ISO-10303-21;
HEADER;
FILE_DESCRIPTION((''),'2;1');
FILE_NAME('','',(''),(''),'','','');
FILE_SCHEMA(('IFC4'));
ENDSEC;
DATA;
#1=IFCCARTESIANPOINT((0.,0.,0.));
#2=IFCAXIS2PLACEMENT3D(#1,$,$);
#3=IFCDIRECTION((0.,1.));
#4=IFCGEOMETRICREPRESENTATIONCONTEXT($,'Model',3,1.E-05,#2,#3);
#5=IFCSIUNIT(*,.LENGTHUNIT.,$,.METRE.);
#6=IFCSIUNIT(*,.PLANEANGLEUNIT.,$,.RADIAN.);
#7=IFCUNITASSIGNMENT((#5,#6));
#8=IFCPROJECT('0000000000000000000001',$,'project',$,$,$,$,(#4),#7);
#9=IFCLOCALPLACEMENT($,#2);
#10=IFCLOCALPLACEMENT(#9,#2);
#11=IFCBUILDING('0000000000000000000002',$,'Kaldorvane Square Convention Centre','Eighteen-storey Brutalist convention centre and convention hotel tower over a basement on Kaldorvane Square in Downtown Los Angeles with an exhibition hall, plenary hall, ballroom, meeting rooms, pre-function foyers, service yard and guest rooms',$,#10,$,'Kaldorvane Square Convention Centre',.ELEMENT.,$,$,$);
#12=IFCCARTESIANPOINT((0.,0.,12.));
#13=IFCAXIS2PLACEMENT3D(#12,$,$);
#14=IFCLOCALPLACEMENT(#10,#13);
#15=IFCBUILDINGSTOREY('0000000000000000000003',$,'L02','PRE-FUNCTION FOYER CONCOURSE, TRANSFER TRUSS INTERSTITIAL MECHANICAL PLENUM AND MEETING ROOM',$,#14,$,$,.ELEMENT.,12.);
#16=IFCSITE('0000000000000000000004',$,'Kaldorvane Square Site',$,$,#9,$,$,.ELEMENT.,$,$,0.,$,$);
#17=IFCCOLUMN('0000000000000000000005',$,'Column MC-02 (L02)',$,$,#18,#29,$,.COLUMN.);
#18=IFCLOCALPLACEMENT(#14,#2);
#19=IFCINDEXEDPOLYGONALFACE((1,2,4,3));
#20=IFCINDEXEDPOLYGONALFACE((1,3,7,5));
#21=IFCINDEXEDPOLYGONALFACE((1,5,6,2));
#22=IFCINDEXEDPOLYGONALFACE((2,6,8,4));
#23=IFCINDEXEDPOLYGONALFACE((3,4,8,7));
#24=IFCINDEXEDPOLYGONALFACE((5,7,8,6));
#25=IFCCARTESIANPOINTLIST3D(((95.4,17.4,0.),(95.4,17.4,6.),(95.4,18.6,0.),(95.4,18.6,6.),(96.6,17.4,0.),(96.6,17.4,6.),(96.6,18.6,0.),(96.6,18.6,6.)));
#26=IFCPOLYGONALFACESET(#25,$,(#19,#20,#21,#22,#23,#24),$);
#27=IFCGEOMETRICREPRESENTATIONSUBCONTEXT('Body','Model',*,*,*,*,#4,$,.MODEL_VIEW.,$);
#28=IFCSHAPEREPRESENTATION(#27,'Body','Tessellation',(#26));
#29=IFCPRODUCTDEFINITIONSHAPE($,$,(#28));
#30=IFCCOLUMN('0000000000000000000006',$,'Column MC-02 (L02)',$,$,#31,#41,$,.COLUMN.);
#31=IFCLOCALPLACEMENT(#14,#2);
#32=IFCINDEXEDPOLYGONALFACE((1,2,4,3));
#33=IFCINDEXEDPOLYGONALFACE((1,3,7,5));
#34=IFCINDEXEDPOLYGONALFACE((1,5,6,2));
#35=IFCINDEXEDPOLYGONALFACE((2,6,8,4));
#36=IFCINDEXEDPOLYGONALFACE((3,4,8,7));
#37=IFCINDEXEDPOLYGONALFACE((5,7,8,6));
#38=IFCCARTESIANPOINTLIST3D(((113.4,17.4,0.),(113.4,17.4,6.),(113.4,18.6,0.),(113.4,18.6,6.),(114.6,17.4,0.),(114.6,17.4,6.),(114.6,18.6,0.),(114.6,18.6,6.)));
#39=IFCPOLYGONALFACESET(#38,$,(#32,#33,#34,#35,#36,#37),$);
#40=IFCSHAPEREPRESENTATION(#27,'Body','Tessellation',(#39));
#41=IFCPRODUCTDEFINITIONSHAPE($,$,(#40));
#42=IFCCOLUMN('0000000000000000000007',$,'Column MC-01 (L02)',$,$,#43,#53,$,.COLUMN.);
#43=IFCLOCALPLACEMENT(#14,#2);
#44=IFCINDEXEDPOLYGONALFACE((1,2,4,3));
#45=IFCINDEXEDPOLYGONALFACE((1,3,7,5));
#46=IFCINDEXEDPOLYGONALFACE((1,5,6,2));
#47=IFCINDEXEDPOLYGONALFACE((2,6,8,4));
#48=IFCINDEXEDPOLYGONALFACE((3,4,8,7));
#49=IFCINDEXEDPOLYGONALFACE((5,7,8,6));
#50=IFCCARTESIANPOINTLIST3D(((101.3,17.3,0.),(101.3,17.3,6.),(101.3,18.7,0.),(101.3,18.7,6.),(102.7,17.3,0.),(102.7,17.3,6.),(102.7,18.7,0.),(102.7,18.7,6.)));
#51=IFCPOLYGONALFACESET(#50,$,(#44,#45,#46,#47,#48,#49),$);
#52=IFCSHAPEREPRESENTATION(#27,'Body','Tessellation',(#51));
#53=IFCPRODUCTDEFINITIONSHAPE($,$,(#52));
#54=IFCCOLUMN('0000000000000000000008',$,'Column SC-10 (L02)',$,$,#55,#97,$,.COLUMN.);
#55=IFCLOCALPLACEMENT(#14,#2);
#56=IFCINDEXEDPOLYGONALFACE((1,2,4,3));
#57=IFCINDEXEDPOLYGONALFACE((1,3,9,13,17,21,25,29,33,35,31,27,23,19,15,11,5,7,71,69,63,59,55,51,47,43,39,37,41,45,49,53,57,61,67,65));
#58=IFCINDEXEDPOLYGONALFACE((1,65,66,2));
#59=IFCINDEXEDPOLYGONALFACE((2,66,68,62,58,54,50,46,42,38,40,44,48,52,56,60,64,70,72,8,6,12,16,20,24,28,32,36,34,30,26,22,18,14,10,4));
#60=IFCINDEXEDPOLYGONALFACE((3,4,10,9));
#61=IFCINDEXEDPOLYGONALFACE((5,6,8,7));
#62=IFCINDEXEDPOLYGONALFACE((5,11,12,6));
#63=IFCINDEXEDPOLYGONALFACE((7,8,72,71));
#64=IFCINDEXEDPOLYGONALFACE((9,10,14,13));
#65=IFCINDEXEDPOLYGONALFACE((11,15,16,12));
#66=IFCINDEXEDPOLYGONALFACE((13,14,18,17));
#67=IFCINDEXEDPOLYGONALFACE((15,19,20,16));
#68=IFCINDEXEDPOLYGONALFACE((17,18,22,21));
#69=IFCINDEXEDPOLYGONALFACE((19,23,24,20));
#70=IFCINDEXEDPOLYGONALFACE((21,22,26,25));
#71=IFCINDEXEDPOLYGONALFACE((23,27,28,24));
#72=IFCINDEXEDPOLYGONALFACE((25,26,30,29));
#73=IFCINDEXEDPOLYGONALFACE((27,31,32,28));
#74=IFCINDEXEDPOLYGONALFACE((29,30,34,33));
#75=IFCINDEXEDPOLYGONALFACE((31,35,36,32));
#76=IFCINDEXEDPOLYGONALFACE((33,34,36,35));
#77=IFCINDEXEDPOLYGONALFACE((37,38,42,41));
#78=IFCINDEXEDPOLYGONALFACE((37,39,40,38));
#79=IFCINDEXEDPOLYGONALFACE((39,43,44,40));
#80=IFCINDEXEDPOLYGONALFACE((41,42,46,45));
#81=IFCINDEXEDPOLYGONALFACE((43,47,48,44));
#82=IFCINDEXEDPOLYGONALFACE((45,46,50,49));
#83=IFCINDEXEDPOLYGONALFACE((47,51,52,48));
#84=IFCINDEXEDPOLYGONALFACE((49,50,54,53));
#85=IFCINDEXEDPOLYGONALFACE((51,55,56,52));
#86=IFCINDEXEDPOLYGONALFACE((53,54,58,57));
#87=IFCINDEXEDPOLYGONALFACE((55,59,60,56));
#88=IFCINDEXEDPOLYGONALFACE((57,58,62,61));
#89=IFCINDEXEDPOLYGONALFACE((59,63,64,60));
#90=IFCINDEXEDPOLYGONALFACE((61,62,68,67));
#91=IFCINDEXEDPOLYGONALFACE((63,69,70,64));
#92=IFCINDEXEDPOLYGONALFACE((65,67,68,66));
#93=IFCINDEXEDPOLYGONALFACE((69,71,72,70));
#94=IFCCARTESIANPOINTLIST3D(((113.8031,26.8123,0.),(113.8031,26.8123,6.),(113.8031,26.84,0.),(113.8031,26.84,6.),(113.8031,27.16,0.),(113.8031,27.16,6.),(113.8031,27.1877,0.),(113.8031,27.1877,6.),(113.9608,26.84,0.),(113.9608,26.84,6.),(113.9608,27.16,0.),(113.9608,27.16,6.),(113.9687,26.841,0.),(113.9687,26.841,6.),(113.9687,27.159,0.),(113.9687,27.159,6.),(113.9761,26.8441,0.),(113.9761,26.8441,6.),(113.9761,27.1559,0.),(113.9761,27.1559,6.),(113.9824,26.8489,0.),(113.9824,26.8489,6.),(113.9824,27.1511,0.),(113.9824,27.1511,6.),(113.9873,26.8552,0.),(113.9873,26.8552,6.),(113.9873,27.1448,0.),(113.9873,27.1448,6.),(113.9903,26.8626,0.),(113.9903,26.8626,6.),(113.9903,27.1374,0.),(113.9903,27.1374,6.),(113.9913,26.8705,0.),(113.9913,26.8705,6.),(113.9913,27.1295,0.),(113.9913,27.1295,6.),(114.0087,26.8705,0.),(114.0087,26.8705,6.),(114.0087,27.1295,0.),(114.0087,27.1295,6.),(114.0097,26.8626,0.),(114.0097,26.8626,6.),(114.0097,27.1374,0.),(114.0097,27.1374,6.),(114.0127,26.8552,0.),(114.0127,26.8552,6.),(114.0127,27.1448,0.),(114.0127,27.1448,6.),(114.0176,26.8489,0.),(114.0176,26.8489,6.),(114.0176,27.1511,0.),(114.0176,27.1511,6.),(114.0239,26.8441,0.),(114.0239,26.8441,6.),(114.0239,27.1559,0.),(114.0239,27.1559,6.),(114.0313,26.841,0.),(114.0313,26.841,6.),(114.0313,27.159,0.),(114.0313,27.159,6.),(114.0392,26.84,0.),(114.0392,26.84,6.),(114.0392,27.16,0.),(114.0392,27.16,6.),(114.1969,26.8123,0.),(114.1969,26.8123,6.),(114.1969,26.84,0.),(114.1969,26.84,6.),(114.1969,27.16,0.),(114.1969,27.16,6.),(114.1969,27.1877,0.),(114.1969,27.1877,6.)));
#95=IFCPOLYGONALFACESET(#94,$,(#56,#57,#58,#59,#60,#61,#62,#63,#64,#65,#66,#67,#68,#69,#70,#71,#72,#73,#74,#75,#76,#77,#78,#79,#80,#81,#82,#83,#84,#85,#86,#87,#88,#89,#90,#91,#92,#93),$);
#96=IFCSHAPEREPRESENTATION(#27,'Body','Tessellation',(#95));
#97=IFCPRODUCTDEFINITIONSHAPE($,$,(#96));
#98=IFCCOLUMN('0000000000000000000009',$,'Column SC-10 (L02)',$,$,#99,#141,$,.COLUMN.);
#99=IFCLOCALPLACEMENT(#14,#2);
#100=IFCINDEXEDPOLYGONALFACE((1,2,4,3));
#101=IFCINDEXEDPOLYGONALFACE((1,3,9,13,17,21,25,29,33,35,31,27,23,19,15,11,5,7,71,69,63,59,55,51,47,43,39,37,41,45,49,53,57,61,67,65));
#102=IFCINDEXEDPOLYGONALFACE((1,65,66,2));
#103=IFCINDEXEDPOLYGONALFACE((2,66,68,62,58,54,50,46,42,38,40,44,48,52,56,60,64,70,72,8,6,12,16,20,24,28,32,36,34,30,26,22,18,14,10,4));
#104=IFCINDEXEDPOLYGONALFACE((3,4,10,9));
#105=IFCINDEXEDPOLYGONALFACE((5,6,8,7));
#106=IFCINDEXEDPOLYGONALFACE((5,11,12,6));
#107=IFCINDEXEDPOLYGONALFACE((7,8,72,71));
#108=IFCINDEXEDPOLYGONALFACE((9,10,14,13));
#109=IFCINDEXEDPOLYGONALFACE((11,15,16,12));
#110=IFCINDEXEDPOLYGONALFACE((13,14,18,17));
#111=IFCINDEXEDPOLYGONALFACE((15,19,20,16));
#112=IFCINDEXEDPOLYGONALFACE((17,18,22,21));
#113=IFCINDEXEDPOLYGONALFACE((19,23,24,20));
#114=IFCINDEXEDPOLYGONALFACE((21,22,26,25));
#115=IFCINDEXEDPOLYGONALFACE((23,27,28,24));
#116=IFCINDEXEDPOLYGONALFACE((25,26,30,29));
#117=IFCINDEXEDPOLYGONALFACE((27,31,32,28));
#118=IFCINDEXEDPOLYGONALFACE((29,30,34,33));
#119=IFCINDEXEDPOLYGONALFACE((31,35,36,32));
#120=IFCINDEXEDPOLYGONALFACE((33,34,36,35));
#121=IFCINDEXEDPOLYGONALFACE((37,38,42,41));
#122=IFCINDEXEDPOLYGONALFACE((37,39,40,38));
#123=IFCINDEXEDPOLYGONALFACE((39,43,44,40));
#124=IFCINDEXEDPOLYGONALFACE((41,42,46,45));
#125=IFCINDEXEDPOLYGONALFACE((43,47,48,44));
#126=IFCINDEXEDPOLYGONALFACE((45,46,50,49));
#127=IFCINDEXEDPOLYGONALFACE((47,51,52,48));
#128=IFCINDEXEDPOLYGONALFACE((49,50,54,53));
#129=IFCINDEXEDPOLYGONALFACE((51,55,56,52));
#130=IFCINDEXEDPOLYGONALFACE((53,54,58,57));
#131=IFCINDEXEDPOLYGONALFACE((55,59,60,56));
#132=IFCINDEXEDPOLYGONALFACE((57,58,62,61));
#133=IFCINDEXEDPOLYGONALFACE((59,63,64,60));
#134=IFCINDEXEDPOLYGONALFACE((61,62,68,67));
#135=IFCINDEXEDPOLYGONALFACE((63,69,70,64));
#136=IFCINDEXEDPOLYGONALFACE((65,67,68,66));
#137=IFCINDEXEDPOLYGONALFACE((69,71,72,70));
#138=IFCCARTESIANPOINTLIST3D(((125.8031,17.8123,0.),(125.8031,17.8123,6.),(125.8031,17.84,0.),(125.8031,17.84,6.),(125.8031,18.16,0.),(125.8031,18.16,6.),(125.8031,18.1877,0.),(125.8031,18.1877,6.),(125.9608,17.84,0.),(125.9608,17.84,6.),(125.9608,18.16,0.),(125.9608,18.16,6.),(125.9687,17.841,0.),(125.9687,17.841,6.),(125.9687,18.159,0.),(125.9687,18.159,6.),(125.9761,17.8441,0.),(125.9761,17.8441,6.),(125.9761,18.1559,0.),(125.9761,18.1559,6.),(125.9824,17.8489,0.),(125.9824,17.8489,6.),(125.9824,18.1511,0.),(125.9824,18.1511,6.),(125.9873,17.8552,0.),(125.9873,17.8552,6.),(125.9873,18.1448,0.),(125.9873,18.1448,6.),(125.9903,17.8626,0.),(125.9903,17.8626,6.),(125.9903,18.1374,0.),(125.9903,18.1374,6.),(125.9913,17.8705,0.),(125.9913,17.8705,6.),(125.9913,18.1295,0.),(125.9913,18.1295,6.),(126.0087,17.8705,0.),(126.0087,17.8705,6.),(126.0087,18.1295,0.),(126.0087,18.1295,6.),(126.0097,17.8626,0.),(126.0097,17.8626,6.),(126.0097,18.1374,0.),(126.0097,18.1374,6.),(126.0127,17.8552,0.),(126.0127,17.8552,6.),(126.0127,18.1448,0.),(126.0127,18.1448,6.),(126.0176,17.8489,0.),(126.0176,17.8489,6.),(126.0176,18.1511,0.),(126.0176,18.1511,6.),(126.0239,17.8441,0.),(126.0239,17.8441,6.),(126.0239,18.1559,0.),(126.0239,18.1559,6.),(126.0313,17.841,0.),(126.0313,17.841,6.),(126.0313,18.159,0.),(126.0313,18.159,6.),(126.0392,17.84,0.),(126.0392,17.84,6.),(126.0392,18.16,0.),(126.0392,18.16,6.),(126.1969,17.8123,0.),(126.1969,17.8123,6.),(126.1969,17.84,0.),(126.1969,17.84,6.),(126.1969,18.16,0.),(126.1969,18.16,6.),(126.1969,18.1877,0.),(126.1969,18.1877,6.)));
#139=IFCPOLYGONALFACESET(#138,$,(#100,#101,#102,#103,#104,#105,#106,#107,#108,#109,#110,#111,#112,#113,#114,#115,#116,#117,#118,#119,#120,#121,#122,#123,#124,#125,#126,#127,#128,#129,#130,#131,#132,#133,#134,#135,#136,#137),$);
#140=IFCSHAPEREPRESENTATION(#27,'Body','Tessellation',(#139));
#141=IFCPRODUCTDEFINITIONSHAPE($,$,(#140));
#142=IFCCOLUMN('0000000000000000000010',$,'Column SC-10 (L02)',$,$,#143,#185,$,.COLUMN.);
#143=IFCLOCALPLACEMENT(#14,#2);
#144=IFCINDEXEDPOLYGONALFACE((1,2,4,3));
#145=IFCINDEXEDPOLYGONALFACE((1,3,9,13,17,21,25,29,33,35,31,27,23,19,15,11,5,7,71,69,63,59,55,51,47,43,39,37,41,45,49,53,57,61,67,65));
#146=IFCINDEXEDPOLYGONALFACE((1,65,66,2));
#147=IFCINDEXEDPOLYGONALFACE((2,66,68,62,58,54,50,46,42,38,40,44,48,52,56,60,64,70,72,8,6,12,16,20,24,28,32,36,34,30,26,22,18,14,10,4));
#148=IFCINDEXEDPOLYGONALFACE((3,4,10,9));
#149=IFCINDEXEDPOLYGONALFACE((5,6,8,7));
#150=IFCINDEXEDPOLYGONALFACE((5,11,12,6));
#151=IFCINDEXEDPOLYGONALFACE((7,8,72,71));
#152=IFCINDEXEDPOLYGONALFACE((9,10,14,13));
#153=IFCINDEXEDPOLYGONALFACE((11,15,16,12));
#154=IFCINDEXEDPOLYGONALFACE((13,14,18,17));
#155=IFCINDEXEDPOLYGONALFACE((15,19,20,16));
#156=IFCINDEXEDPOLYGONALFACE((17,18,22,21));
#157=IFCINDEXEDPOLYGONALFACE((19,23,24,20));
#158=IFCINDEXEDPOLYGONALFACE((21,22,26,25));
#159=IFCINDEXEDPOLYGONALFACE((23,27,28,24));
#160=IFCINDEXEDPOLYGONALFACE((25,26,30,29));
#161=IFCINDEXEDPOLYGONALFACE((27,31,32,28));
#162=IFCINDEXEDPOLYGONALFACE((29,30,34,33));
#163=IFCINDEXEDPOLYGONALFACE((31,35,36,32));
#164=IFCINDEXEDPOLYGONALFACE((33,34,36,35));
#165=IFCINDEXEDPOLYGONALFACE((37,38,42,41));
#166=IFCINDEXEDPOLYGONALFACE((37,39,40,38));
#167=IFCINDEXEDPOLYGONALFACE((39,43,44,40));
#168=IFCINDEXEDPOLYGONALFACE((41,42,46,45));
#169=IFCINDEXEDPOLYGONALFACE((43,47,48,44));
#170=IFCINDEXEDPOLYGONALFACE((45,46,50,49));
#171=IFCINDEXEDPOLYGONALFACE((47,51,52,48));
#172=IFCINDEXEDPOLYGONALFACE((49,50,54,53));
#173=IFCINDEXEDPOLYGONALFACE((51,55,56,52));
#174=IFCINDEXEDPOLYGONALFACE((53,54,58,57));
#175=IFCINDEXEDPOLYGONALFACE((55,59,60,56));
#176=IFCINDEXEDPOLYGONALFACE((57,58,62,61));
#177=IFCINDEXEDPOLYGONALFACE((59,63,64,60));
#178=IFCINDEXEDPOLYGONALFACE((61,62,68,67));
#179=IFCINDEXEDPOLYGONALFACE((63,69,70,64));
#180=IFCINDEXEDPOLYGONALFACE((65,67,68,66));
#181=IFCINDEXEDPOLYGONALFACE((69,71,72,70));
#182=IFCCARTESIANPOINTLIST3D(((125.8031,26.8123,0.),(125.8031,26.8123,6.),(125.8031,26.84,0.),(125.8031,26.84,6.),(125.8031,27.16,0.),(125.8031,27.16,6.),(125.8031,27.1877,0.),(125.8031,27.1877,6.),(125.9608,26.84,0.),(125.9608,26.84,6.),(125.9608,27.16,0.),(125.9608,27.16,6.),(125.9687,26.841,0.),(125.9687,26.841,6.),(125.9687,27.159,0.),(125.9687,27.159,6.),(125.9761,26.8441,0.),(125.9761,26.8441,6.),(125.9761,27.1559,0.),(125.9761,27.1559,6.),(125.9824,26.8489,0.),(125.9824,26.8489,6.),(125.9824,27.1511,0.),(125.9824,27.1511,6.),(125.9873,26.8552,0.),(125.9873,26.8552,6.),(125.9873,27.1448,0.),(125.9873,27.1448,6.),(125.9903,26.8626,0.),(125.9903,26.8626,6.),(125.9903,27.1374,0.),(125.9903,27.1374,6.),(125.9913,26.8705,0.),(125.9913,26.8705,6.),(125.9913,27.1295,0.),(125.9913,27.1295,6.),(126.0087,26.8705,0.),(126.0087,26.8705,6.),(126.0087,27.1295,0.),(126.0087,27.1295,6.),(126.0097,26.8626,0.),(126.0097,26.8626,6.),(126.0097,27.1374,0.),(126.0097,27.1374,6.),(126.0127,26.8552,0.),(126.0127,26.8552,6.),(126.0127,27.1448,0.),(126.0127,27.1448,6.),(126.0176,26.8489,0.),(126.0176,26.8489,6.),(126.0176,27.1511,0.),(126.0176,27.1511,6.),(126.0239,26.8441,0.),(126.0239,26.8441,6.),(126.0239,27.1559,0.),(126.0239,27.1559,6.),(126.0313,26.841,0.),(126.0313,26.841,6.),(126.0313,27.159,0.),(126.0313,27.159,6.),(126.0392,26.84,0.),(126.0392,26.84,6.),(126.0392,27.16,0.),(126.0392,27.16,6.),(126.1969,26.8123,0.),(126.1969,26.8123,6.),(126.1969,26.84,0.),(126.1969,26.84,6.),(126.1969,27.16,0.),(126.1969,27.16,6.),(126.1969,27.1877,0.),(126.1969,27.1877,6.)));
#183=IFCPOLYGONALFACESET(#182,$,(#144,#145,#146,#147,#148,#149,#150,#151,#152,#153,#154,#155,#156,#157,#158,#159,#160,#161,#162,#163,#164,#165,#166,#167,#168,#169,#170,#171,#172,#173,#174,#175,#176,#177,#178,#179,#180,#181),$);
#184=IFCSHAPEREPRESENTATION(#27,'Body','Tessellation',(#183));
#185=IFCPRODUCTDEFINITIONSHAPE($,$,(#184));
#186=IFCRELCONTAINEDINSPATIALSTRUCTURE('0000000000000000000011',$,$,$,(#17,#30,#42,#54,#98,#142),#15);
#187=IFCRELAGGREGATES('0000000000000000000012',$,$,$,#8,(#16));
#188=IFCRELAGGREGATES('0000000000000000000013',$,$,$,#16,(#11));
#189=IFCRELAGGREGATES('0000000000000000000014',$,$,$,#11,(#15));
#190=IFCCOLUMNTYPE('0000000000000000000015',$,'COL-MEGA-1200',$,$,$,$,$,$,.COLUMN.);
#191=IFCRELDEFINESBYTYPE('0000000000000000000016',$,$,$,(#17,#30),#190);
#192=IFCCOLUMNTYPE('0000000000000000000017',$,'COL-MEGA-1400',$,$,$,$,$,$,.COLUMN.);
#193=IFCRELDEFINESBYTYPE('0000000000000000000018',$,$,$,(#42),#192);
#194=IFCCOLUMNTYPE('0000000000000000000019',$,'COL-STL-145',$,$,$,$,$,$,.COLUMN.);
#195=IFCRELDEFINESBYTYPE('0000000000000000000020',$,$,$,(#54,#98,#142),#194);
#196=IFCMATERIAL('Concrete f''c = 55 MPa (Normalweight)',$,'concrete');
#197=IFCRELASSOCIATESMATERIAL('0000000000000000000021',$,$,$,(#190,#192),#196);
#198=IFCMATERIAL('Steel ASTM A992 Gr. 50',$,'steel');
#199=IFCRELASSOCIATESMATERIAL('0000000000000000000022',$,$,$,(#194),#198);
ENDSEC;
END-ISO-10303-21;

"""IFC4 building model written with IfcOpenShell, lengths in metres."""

from ifc_helpers import new_model, si_unit, direction, frame, origin, origin_2d, place, context, subcontext, project, spatial, rectangle, i_section, extrude, material, material_profile, profile_set, type_object, element, save


model = new_model("IFC4")

# Units and contexts
model_context = context("Model", 3, precision=1e-05, world=origin(), true_north=direction((0.0, 1.0)))
body_context = subcontext(model_context, "Body", "Model", "MODEL_VIEW")
ifc_project = project(units=[si_unit("LENGTHUNIT", "METRE"), si_unit("PLANEANGLEUNIT", "RADIAN")], contexts=[model_context])

# Site, building, storey
site_placement = place(None, origin())
site = spatial("IfcSite", under=ifc_project, at=site_placement, Name="Kaldorvane Square Site", CompositionType="ELEMENT", RefElevation=0.0)
building_placement = place(site_placement, origin())
building = spatial("IfcBuilding", under=site, at=building_placement, Name="Kaldorvane Square Convention Centre", Description="Eighteen-storey Brutalist convention centre and convention hotel tower over a basement on Kaldorvane Square in Downtown Los Angeles with an exhibition hall, plenary hall, ballroom, meeting rooms, pre-function foyers, service yard and guest rooms", LongName="Kaldorvane Square Convention Centre", CompositionType="ELEMENT")
storey_placement = place(building_placement, frame((0.0, 0.0, 12.0)))
storey = spatial("IfcBuildingStorey", under=building, at=storey_placement, Name="L02", Description="PRE-FUNCTION FOYER CONCOURSE, TRANSFER TRUSS INTERSTITIAL MECHANICAL PLENUM AND MEETING ROOM", CompositionType="ELEMENT", Elevation=12.0)

# Columns
ifc_material_1 = material(Name="Concrete f'c = 55 MPa (Normalweight)", Category="concrete")
ifc_material_profile_1 = material_profile(ifc_material_1, rectangle(XDim=1.2, YDim=1.2, at=origin_2d()), Name="RC1200X1200")
ifc_profile_set_1 = profile_set([ifc_material_profile_1], Name="Concrete f'c = 55 MPa (Normalweight)")
column_type_1 = type_object("IfcColumnType", Name="COL-MEGA-1200", PredefinedType="COLUMN", material=ifc_profile_set_1)
for number, where, z_axis, x_axis, name in (
    (1, (96.0, 18.0, 0.0), (0.0, 0.0, 1.0), (1.0, 0.0, 0.0), "Column MC-02 (L02)"),
    (2, (114.0, 18.0, 0.0), (0.0, 0.0, 1.0), (1.0, 0.0, 0.0), "Column MC-02 (L02)"),
):
    element("IfcColumn", number, at=place(storey_placement, frame(where, z_axis=z_axis, x_axis=x_axis)), inside=storey, type_object=column_type_1, Name=name, PredefinedType="COLUMN", context=body_context, shape_type="SweptSolid", body=[
        extrude(rectangle(XDim=1.2, YDim=1.2, at=origin_2d()), origin(), (0.0, 0.0, 1.0), 6.0),
    ])
ifc_material_profile_2 = material_profile(ifc_material_1, rectangle(XDim=1.4, YDim=1.4, at=origin_2d()), Name="RC1400X1400")
ifc_profile_set_2 = profile_set([ifc_material_profile_2], Name="Concrete f'c = 55 MPa (Normalweight)")
column_type_2 = type_object("IfcColumnType", Name="COL-MEGA-1400", PredefinedType="COLUMN", material=ifc_profile_set_2)
column_placement = place(storey_placement, frame((102.0, 18.0, 0.0), z_axis=(0.0, 0.0, 1.0), x_axis=(1.0, 0.0, 0.0)))
element("IfcColumn", 3, at=column_placement, inside=storey, type_object=column_type_2, Name="Column MC-01 (L02)", PredefinedType="COLUMN", context=body_context, shape_type="SweptSolid", body=[
    extrude(rectangle(XDim=1.4, YDim=1.4, at=origin_2d()), origin(), (0.0, 0.0, 1.0), 6.0),
])
ifc_material_2 = material(Name="Steel ASTM A992 Gr. 50", Category="steel")
ifc_material_profile_3 = material_profile(ifc_material_2, i_section(OverallWidth=0.3937, OverallDepth=0.3754, WebThickness=0.0173, FlangeThickness=0.0277, FilletRadius=0.0305, at=origin_2d()), Name="W14X145")
ifc_profile_set_3 = profile_set([ifc_material_profile_3], Name="Steel ASTM A992 Gr. 50")
column_type_3 = type_object("IfcColumnType", Name="COL-STL-145", PredefinedType="COLUMN", material=ifc_profile_set_3)
for number, where, z_axis, x_axis, name in (
    (4, (114.0, 27.0, 0.0), (0.0, 0.0, 1.0), (1.0, 0.0, 0.0), "Column SC-10 (L02)"),
    (5, (126.0, 18.0, 0.0), (0.0, 0.0, 1.0), (1.0, 0.0, 0.0), "Column SC-10 (L02)"),
    (6, (126.0, 27.0, 0.0), (0.0, 0.0, 1.0), (1.0, 0.0, 0.0), "Column SC-10 (L02)"),
):
    element("IfcColumn", number, at=place(storey_placement, frame(where, z_axis=z_axis, x_axis=x_axis)), inside=storey, type_object=column_type_3, Name=name, PredefinedType="COLUMN", context=body_context, shape_type="SweptSolid", body=[
        extrude(i_section(OverallWidth=0.3937, OverallDepth=0.3754, WebThickness=0.0173, FlangeThickness=0.0277, FilletRadius=0.0305, at=origin_2d()), origin(), (0.0, 0.0, 1.0), 6.0),
    ])

save(model, "model.ifc")
